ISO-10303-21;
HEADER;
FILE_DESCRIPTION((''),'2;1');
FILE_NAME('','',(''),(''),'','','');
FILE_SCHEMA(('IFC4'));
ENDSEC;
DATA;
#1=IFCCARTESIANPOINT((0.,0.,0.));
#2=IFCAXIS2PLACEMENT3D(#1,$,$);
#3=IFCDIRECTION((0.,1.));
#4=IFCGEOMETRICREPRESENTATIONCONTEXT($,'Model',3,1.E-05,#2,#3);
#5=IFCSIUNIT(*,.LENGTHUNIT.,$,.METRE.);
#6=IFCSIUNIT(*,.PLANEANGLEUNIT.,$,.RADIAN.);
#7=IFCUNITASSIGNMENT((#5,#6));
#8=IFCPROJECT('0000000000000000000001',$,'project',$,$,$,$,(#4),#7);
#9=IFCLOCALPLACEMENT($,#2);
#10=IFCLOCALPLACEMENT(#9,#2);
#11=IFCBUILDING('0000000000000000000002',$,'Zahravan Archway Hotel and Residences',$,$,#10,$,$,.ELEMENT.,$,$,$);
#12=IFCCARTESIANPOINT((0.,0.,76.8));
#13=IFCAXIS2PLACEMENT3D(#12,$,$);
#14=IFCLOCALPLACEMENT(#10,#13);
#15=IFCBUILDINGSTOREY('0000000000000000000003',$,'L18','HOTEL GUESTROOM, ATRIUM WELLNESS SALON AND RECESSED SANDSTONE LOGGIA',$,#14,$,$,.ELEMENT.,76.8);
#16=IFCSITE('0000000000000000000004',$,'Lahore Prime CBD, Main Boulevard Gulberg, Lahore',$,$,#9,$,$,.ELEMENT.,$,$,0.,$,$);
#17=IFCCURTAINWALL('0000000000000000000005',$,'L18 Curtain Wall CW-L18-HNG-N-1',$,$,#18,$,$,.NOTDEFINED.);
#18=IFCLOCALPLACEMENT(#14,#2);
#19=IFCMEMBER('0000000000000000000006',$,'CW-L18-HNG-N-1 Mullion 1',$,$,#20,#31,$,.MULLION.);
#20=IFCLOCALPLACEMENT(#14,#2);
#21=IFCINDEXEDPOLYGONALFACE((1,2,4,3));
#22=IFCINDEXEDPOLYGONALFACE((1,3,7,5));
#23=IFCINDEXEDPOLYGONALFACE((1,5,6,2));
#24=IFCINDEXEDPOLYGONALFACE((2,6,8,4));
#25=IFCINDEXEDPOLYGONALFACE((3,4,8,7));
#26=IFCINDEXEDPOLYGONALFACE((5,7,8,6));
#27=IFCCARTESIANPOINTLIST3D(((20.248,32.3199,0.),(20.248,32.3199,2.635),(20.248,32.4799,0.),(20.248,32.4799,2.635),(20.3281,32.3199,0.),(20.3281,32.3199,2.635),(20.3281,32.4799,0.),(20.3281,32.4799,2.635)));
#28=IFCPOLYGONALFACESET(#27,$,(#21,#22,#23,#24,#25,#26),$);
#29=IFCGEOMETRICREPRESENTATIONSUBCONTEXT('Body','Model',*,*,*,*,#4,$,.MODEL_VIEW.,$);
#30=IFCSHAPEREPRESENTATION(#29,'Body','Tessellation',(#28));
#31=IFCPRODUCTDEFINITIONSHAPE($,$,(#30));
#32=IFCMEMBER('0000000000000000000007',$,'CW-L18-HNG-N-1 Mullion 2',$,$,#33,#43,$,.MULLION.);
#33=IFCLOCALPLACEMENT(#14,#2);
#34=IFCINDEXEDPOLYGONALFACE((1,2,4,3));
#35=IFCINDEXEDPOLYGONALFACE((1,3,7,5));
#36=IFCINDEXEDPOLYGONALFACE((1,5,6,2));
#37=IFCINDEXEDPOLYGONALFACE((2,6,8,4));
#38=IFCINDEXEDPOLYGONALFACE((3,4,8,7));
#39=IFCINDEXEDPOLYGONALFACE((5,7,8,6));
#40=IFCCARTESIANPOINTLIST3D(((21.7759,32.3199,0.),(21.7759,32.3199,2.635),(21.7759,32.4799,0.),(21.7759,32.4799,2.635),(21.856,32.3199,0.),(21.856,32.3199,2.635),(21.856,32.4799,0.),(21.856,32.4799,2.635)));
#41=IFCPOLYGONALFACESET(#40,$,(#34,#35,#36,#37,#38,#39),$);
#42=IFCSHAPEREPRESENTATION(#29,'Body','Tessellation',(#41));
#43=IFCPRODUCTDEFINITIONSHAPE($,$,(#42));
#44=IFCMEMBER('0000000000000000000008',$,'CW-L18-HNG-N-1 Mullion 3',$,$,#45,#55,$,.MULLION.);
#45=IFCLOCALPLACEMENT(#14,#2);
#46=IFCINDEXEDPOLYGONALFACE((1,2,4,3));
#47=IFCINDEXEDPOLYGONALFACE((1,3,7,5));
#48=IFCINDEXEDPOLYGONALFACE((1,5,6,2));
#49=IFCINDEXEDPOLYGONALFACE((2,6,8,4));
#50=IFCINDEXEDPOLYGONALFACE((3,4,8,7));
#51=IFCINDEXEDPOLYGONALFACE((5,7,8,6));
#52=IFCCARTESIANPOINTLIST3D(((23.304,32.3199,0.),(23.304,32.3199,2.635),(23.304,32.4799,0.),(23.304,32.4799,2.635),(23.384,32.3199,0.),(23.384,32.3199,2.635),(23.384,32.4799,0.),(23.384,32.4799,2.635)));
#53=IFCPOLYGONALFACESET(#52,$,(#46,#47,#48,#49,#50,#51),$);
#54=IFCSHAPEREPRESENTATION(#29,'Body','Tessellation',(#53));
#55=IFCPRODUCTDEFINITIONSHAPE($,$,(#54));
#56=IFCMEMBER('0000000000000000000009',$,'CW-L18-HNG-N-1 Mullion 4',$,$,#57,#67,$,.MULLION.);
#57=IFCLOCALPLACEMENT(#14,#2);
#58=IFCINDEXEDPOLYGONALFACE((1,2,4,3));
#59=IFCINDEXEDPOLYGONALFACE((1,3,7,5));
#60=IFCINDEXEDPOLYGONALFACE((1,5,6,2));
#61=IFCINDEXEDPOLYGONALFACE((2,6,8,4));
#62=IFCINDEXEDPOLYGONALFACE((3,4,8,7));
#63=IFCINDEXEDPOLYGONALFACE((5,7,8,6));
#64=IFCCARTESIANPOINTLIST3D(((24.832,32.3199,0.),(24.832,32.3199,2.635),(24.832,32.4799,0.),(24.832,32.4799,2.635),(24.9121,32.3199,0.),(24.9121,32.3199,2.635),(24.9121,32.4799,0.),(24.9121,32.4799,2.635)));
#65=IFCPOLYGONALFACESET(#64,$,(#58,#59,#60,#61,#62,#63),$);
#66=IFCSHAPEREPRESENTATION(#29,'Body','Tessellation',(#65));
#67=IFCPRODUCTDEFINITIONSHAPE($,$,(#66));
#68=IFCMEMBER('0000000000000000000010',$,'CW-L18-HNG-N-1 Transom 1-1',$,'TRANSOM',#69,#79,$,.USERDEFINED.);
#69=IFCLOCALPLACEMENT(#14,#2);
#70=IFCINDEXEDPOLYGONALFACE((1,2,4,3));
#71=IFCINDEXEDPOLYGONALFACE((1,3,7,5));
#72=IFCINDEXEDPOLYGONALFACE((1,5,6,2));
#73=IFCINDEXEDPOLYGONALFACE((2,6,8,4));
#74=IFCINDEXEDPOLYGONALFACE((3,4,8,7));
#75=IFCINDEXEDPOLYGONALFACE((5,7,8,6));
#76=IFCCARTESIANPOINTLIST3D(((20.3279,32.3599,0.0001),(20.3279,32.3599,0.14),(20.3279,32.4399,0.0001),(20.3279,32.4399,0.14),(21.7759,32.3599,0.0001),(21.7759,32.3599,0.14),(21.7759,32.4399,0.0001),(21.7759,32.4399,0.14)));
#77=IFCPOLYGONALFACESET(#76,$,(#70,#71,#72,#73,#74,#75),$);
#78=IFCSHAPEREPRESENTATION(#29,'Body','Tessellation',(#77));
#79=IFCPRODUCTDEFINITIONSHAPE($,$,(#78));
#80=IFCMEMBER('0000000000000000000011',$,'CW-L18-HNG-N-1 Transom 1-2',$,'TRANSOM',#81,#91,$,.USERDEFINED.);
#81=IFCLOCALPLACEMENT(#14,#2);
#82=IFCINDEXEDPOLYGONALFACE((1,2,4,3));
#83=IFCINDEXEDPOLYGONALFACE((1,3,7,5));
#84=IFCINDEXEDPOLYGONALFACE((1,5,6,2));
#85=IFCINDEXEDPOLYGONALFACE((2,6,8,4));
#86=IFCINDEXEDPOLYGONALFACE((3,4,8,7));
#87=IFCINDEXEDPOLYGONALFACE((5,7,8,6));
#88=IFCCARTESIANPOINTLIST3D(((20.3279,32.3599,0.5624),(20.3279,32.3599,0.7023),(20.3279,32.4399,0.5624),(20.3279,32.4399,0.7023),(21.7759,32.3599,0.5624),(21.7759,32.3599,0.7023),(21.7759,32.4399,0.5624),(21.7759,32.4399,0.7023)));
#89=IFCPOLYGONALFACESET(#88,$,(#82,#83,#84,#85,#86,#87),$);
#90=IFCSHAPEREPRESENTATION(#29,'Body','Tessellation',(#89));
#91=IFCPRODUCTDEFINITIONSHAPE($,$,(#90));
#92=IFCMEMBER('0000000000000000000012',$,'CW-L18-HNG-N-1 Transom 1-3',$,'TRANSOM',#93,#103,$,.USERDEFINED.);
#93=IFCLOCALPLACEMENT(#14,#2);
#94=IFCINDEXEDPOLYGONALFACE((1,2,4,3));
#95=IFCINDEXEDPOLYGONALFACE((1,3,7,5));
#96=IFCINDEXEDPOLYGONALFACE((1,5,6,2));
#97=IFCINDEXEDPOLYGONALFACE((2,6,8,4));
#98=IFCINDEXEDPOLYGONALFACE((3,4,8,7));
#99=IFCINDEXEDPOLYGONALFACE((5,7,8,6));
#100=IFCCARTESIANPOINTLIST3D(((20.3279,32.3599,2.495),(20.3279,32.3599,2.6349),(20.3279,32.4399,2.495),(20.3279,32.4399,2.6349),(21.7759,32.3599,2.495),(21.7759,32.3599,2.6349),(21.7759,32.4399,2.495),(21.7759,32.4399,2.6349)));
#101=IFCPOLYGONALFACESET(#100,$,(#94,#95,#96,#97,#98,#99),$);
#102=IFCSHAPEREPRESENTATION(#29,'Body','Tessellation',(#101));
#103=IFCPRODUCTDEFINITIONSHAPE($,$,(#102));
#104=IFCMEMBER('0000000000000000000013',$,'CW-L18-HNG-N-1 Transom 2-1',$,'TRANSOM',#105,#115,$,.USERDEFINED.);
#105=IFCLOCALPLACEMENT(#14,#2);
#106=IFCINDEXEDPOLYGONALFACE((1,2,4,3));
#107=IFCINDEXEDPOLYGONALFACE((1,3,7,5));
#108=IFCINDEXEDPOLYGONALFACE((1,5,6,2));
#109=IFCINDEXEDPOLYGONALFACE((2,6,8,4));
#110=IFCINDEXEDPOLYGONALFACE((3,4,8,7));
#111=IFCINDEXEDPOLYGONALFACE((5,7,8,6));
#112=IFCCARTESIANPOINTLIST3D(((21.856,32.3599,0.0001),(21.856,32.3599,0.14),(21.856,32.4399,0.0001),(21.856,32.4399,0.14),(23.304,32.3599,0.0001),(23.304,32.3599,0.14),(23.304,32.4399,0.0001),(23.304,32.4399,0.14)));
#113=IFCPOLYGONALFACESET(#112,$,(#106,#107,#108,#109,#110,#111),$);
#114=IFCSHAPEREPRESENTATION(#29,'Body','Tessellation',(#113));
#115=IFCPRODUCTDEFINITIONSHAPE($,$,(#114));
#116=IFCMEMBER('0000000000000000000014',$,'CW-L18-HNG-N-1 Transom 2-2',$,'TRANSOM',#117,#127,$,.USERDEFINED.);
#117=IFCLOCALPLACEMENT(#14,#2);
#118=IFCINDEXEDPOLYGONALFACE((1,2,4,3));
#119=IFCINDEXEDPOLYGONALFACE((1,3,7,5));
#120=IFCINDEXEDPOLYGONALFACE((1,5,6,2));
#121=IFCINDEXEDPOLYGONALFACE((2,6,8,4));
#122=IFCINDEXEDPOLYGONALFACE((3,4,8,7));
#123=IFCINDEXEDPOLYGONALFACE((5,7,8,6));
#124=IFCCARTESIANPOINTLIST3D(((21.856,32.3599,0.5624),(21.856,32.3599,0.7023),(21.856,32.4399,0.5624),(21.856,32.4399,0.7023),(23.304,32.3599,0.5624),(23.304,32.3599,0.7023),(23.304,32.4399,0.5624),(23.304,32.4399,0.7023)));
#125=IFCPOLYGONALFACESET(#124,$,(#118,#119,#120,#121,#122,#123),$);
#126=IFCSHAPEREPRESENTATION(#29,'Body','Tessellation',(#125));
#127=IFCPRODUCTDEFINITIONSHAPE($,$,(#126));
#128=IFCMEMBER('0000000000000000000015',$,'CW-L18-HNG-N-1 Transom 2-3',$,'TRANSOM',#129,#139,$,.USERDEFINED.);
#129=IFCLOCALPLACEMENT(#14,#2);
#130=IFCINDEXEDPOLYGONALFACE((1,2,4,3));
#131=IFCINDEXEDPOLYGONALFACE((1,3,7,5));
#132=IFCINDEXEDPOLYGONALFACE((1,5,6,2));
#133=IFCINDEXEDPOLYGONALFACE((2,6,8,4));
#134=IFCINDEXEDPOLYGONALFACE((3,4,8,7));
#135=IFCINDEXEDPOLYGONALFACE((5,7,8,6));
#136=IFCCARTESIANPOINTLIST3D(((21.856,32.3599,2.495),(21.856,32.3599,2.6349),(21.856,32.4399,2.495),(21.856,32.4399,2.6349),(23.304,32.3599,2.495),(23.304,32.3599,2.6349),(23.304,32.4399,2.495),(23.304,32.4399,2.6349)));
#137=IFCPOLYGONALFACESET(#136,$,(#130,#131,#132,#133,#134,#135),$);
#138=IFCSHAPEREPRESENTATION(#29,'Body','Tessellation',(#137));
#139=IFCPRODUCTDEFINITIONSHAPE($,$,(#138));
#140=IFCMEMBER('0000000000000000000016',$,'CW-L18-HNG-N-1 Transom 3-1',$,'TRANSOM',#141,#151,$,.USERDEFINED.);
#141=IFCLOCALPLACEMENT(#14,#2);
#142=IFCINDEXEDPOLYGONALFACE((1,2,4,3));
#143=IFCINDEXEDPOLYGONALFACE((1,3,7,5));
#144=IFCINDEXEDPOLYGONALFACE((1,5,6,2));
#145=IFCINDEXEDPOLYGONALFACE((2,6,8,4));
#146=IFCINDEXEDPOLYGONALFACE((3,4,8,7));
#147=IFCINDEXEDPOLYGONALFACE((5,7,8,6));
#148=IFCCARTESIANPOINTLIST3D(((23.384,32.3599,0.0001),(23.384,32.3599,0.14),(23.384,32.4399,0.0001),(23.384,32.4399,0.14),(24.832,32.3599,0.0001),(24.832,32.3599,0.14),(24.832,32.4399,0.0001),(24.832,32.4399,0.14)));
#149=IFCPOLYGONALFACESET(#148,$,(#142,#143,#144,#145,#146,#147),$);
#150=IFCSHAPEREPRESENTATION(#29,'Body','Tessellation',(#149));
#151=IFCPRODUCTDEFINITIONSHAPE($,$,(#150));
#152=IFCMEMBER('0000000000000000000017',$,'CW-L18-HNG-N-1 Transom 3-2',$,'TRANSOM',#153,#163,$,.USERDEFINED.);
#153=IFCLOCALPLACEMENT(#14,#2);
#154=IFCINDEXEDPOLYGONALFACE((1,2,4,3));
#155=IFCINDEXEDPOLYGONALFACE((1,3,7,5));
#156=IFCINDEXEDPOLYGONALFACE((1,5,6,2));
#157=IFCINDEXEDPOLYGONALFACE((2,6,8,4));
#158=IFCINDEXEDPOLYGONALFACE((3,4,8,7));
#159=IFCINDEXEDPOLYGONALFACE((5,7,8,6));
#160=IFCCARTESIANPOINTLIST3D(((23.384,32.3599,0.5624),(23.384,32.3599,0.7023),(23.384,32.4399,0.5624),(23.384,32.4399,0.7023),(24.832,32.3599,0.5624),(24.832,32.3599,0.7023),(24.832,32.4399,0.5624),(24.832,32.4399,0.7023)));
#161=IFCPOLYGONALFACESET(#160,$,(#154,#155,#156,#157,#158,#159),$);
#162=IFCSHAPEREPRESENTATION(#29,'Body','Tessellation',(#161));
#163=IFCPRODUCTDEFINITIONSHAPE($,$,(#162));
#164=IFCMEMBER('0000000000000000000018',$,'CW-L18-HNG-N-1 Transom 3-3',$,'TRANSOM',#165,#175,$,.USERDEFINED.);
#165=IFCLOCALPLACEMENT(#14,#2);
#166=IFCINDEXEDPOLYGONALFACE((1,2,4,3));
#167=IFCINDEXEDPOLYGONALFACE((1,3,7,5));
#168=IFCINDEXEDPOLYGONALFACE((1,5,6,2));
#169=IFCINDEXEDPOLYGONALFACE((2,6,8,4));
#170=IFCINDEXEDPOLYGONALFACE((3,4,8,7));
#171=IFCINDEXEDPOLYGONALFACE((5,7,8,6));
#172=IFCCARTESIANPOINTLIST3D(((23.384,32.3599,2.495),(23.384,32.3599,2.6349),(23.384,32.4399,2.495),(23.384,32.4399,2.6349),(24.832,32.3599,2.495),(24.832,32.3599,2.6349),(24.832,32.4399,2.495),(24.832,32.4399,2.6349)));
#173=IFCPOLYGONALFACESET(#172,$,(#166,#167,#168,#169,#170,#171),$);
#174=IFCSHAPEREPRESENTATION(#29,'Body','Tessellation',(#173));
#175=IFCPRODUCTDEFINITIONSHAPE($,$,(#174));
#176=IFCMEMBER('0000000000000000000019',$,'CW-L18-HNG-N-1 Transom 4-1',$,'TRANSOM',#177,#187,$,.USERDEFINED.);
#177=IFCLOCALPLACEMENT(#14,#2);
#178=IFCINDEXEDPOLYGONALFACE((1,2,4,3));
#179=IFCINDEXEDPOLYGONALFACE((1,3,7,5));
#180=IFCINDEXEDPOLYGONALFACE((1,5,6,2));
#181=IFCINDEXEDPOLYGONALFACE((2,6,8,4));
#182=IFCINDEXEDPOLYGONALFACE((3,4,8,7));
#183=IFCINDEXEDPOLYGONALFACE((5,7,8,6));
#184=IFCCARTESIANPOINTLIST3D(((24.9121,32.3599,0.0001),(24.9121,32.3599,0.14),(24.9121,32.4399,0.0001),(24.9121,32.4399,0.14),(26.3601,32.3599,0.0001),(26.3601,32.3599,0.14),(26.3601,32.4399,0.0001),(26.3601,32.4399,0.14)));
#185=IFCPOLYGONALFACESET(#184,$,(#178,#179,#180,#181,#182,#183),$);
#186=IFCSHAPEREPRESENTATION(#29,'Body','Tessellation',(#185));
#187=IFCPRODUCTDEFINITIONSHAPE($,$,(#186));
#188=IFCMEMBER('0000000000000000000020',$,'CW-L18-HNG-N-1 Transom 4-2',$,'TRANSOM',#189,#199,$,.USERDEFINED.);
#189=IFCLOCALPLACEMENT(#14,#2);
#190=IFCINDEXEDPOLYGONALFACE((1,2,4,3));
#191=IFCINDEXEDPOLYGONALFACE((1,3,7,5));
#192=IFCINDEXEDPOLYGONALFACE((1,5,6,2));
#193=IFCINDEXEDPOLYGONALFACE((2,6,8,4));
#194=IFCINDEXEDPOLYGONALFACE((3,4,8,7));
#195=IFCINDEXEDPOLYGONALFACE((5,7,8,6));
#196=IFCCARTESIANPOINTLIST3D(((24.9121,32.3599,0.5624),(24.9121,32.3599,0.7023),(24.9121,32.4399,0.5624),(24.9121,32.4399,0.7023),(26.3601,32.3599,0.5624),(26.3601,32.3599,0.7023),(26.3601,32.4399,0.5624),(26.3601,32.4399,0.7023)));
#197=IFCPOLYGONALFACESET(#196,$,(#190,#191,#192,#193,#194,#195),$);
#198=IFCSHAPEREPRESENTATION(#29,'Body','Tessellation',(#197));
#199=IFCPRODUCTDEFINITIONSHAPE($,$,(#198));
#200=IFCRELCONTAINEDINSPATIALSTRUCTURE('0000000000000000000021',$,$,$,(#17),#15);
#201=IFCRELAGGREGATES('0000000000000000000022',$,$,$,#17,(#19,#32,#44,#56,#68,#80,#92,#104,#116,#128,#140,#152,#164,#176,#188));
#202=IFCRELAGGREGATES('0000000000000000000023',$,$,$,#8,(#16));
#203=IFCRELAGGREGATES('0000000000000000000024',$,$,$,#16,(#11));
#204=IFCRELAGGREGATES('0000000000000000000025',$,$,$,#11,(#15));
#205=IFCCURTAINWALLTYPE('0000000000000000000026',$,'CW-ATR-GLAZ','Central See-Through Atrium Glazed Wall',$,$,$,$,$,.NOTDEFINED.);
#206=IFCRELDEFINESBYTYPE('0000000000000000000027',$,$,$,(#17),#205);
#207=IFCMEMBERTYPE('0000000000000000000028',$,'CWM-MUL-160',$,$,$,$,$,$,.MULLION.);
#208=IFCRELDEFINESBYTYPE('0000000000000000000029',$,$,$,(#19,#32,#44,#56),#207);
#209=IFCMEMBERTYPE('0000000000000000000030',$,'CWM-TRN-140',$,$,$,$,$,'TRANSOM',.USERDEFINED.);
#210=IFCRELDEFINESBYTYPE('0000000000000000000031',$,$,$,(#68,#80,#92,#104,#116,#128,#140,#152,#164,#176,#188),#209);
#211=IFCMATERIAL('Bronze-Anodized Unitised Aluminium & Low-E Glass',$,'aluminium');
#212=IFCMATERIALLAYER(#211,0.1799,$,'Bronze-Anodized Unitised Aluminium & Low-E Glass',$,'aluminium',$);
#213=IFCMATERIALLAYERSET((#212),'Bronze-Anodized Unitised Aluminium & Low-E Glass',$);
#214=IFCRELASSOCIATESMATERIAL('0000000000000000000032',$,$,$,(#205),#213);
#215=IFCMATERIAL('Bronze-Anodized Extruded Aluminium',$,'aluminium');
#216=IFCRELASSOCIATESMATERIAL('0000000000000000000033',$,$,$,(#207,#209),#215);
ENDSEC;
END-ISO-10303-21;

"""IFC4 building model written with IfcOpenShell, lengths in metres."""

from ifc_helpers import new_model, si_unit, direction, frame, origin, origin_2d, place, context, subcontext, project, spatial, rectangle, extrude, source, transform, mapped, material, layer, layer_set, material_profile, profile_set, type_object, element, aggregate, save


model = new_model("IFC4")

# Units and contexts
model_context = context("Model", 3, precision=1e-05, world=origin(), true_north=direction((0.0, 1.0)))
body_context = subcontext(model_context, "Body", "Model", "MODEL_VIEW")
ifc_project = project(units=[si_unit("LENGTHUNIT", "METRE"), si_unit("PLANEANGLEUNIT", "RADIAN")], contexts=[model_context])

# Site, building, storey
site_placement = place(None, origin())
site = spatial("IfcSite", under=ifc_project, at=site_placement, Name="Lahore Prime CBD, Main Boulevard Gulberg, Lahore", CompositionType="ELEMENT", RefElevation=0.0)
building_placement = place(site_placement, origin())
building = spatial("IfcBuilding", under=site, at=building_placement, Name="Zahravan Archway Hotel and Residences", CompositionType="ELEMENT")
storey_placement = place(building_placement, frame((0.0, 0.0, 76.8)))
storey = spatial("IfcBuildingStorey", under=building, at=storey_placement, Name="L18", Description="HOTEL GUESTROOM, ATRIUM WELLNESS SALON AND RECESSED SANDSTONE LOGGIA", CompositionType="ELEMENT", Elevation=76.8)

# Curtain wall, members
ifc_material_1 = material(Name="Bronze-Anodized Unitised Aluminium & Low-E Glass", Category="aluminium")
ifc_layer_1 = layer(ifc_material_1, 0.1799, Name="Bronze-Anodized Unitised Aluminium & Low-E Glass", Category="aluminium")
ifc_layer_set_1 = layer_set([ifc_layer_1], Name="Bronze-Anodized Unitised Aluminium & Low-E Glass")
curtain_wall_type = type_object("IfcCurtainWallType", Name="CW-ATR-GLAZ", Description="Central See-Through Atrium Glazed Wall", PredefinedType="NOTDEFINED", material=ifc_layer_set_1)
curtain_wall_placement = place(storey_placement, origin())
curtain_wall = element("IfcCurtainWall", 1, at=curtain_wall_placement, inside=storey, type_object=curtain_wall_type, Name="L18 Curtain Wall CW-L18-HNG-N-1", PredefinedType="NOTDEFINED")
ifc_material_2 = material(Name="Bronze-Anodized Extruded Aluminium", Category="aluminium")
ifc_material_profile_1 = material_profile(ifc_material_2, rectangle(XDim=0.0801, YDim=0.1599, at=origin_2d()), Name="MUL 80x160", Category="aluminium")
ifc_profile_set_1 = profile_set([ifc_material_profile_1], Name="Bronze-Anodized Extruded Aluminium")
member_type_1 = type_object("IfcMemberType", Name="CWM-MUL-160", PredefinedType="MULLION", material=ifc_profile_set_1)
shared_shape_1 = source(origin(), body_context, "Body", "SweptSolid", [
    extrude(rectangle(XDim=0.0801, YDim=0.1599, at=origin_2d()), origin(), (0.0, 0.0, 1.0), 2.635),
])
member_1_placement = place(storey_placement, frame((20.2881, 32.3999, 0.0), z_axis=(0.0, 0.0, 1.0), x_axis=(1.0, 0.0, 0.0)))
member_1 = element("IfcMember", 2, at=member_1_placement, type_object=member_type_1, Name="CW-L18-HNG-N-1 Mullion 1", PredefinedType="MULLION", context=body_context, shape_type="MappedRepresentation", body=[
    mapped(shared_shape_1, transform((0.0, 0.0, 0.0), scale=1.0)),
])
member_2_placement = place(storey_placement, frame((21.8159, 32.3999, 0.0), z_axis=(0.0, 0.0, 1.0), x_axis=(1.0, 0.0, 0.0)))
member_2 = element("IfcMember", 3, at=member_2_placement, type_object=member_type_1, Name="CW-L18-HNG-N-1 Mullion 2", PredefinedType="MULLION", context=body_context, shape_type="MappedRepresentation", body=[
    mapped(shared_shape_1, transform((0.0, 0.0, 0.0), scale=1.0)),
])
member_3_placement = place(storey_placement, frame((23.344, 32.3999, 0.0), z_axis=(0.0, 0.0, 1.0), x_axis=(1.0, 0.0, 0.0)))
member_3 = element("IfcMember", 4, at=member_3_placement, type_object=member_type_1, Name="CW-L18-HNG-N-1 Mullion 3", PredefinedType="MULLION", context=body_context, shape_type="MappedRepresentation", body=[
    mapped(shared_shape_1, transform((0.0, 0.0, 0.0), scale=1.0)),
])
member_4_placement = place(storey_placement, frame((24.8721, 32.3999, 0.0), z_axis=(0.0, 0.0, 1.0), x_axis=(1.0, 0.0, 0.0)))
member_4 = element("IfcMember", 5, at=member_4_placement, type_object=member_type_1, Name="CW-L18-HNG-N-1 Mullion 4", PredefinedType="MULLION", context=body_context, shape_type="MappedRepresentation", body=[
    mapped(shared_shape_1, transform((0.0, 0.0, 0.0), scale=1.0)),
])
ifc_material_profile_2 = material_profile(ifc_material_2, rectangle(XDim=0.0801, YDim=0.1399, at=origin_2d()), Name="TRN 80x140", Category="aluminium")
ifc_profile_set_2 = profile_set([ifc_material_profile_2], Name="Bronze-Anodized Extruded Aluminium")
member_type_2 = type_object("IfcMemberType", Name="CWM-TRN-140", ElementType="TRANSOM", PredefinedType="USERDEFINED", material=ifc_profile_set_2)
shared_shape_2 = source(origin(), body_context, "Body", "SweptSolid", [
    extrude(rectangle(XDim=0.0801, YDim=0.1399, at=origin_2d()), origin(), (0.0, 0.0, 1.0), 1.448),
])
member_5_placement = place(storey_placement, frame((20.3279, 32.3999, 0.0701), z_axis=(1.0, 0.0, 0.0), x_axis=(0.0, 1.0, 0.0)))
member_5 = element("IfcMember", 6, at=member_5_placement, type_object=member_type_2, Name="CW-L18-HNG-N-1 Transom 1-1", ObjectType="TRANSOM", PredefinedType="USERDEFINED", context=body_context, shape_type="MappedRepresentation", body=[
    mapped(shared_shape_2, transform((0.0, 0.0, 0.0), scale=1.0)),
])
member_6_placement = place(storey_placement, frame((20.3279, 32.3999, 0.6323), z_axis=(1.0, 0.0, 0.0), x_axis=(0.0, 1.0, 0.0)))
member_6 = element("IfcMember", 7, at=member_6_placement, type_object=member_type_2, Name="CW-L18-HNG-N-1 Transom 1-2", ObjectType="TRANSOM", PredefinedType="USERDEFINED", context=body_context, shape_type="MappedRepresentation", body=[
    mapped(shared_shape_2, transform((0.0, 0.0, 0.0), scale=1.0)),
])
member_7_placement = place(storey_placement, frame((20.3279, 32.3999, 2.5649), z_axis=(1.0, 0.0, 0.0), x_axis=(0.0, 1.0, 0.0)))
member_7 = element("IfcMember", 8, at=member_7_placement, type_object=member_type_2, Name="CW-L18-HNG-N-1 Transom 1-3", ObjectType="TRANSOM", PredefinedType="USERDEFINED", context=body_context, shape_type="MappedRepresentation", body=[
    mapped(shared_shape_2, transform((0.0, 0.0, 0.0), scale=1.0)),
])
member_8_placement = place(storey_placement, frame((21.856, 32.3999, 0.0701), z_axis=(1.0, 0.0, 0.0), x_axis=(0.0, 1.0, 0.0)))
member_8 = element("IfcMember", 9, at=member_8_placement, type_object=member_type_2, Name="CW-L18-HNG-N-1 Transom 2-1", ObjectType="TRANSOM", PredefinedType="USERDEFINED", context=body_context, shape_type="MappedRepresentation", body=[
    mapped(shared_shape_2, transform((0.0, 0.0, 0.0), scale=1.0)),
])
member_9_placement = place(storey_placement, frame((21.856, 32.3999, 0.6323), z_axis=(1.0, 0.0, 0.0), x_axis=(0.0, 1.0, 0.0)))
member_9 = element("IfcMember", 10, at=member_9_placement, type_object=member_type_2, Name="CW-L18-HNG-N-1 Transom 2-2", ObjectType="TRANSOM", PredefinedType="USERDEFINED", context=body_context, shape_type="MappedRepresentation", body=[
    mapped(shared_shape_2, transform((0.0, 0.0, 0.0), scale=1.0)),
])
member_10_placement = place(storey_placement, frame((21.856, 32.3999, 2.5649), z_axis=(1.0, 0.0, 0.0), x_axis=(0.0, 1.0, 0.0)))
member_10 = element("IfcMember", 11, at=member_10_placement, type_object=member_type_2, Name="CW-L18-HNG-N-1 Transom 2-3", ObjectType="TRANSOM", PredefinedType="USERDEFINED", context=body_context, shape_type="MappedRepresentation", body=[
    mapped(shared_shape_2, transform((0.0, 0.0, 0.0), scale=1.0)),
])
member_11_placement = place(storey_placement, frame((23.384, 32.3999, 0.0701), z_axis=(1.0, 0.0, 0.0), x_axis=(0.0, 1.0, 0.0)))
member_11 = element("IfcMember", 12, at=member_11_placement, type_object=member_type_2, Name="CW-L18-HNG-N-1 Transom 3-1", ObjectType="TRANSOM", PredefinedType="USERDEFINED", context=body_context, shape_type="MappedRepresentation", body=[
    mapped(shared_shape_2, transform((0.0, 0.0, 0.0), scale=1.0)),
])
member_12_placement = place(storey_placement, frame((23.384, 32.3999, 0.6323), z_axis=(1.0, 0.0, 0.0), x_axis=(0.0, 1.0, 0.0)))
member_12 = element("IfcMember", 13, at=member_12_placement, type_object=member_type_2, Name="CW-L18-HNG-N-1 Transom 3-2", ObjectType="TRANSOM", PredefinedType="USERDEFINED", context=body_context, shape_type="MappedRepresentation", body=[
    mapped(shared_shape_2, transform((0.0, 0.0, 0.0), scale=1.0)),
])
member_13_placement = place(storey_placement, frame((23.384, 32.3999, 2.5649), z_axis=(1.0, 0.0, 0.0), x_axis=(0.0, 1.0, 0.0)))
member_13 = element("IfcMember", 14, at=member_13_placement, type_object=member_type_2, Name="CW-L18-HNG-N-1 Transom 3-3", ObjectType="TRANSOM", PredefinedType="USERDEFINED", context=body_context, shape_type="MappedRepresentation", body=[
    mapped(shared_shape_2, transform((0.0, 0.0, 0.0), scale=1.0)),
])
member_14_placement = place(storey_placement, frame((24.9121, 32.3999, 0.0701), z_axis=(1.0, 0.0, 0.0), x_axis=(0.0, 1.0, 0.0)))
member_14 = element("IfcMember", 15, at=member_14_placement, type_object=member_type_2, Name="CW-L18-HNG-N-1 Transom 4-1", ObjectType="TRANSOM", PredefinedType="USERDEFINED", context=body_context, shape_type="MappedRepresentation", body=[
    mapped(shared_shape_2, transform((0.0, 0.0, 0.0), scale=1.0)),
])
member_15_placement = place(storey_placement, frame((24.9121, 32.3999, 0.6323), z_axis=(1.0, 0.0, 0.0), x_axis=(0.0, 1.0, 0.0)))
member_15 = element("IfcMember", 16, at=member_15_placement, type_object=member_type_2, Name="CW-L18-HNG-N-1 Transom 4-2", ObjectType="TRANSOM", PredefinedType="USERDEFINED", context=body_context, shape_type="MappedRepresentation", body=[
    mapped(shared_shape_2, transform((0.0, 0.0, 0.0), scale=1.0)),
])
aggregate(curtain_wall, [member_1, member_2, member_3, member_4, member_5, member_6, member_7, member_8, member_9, member_10, member_11, member_12, member_13, member_14, member_15])

save(model, "model.ifc")
